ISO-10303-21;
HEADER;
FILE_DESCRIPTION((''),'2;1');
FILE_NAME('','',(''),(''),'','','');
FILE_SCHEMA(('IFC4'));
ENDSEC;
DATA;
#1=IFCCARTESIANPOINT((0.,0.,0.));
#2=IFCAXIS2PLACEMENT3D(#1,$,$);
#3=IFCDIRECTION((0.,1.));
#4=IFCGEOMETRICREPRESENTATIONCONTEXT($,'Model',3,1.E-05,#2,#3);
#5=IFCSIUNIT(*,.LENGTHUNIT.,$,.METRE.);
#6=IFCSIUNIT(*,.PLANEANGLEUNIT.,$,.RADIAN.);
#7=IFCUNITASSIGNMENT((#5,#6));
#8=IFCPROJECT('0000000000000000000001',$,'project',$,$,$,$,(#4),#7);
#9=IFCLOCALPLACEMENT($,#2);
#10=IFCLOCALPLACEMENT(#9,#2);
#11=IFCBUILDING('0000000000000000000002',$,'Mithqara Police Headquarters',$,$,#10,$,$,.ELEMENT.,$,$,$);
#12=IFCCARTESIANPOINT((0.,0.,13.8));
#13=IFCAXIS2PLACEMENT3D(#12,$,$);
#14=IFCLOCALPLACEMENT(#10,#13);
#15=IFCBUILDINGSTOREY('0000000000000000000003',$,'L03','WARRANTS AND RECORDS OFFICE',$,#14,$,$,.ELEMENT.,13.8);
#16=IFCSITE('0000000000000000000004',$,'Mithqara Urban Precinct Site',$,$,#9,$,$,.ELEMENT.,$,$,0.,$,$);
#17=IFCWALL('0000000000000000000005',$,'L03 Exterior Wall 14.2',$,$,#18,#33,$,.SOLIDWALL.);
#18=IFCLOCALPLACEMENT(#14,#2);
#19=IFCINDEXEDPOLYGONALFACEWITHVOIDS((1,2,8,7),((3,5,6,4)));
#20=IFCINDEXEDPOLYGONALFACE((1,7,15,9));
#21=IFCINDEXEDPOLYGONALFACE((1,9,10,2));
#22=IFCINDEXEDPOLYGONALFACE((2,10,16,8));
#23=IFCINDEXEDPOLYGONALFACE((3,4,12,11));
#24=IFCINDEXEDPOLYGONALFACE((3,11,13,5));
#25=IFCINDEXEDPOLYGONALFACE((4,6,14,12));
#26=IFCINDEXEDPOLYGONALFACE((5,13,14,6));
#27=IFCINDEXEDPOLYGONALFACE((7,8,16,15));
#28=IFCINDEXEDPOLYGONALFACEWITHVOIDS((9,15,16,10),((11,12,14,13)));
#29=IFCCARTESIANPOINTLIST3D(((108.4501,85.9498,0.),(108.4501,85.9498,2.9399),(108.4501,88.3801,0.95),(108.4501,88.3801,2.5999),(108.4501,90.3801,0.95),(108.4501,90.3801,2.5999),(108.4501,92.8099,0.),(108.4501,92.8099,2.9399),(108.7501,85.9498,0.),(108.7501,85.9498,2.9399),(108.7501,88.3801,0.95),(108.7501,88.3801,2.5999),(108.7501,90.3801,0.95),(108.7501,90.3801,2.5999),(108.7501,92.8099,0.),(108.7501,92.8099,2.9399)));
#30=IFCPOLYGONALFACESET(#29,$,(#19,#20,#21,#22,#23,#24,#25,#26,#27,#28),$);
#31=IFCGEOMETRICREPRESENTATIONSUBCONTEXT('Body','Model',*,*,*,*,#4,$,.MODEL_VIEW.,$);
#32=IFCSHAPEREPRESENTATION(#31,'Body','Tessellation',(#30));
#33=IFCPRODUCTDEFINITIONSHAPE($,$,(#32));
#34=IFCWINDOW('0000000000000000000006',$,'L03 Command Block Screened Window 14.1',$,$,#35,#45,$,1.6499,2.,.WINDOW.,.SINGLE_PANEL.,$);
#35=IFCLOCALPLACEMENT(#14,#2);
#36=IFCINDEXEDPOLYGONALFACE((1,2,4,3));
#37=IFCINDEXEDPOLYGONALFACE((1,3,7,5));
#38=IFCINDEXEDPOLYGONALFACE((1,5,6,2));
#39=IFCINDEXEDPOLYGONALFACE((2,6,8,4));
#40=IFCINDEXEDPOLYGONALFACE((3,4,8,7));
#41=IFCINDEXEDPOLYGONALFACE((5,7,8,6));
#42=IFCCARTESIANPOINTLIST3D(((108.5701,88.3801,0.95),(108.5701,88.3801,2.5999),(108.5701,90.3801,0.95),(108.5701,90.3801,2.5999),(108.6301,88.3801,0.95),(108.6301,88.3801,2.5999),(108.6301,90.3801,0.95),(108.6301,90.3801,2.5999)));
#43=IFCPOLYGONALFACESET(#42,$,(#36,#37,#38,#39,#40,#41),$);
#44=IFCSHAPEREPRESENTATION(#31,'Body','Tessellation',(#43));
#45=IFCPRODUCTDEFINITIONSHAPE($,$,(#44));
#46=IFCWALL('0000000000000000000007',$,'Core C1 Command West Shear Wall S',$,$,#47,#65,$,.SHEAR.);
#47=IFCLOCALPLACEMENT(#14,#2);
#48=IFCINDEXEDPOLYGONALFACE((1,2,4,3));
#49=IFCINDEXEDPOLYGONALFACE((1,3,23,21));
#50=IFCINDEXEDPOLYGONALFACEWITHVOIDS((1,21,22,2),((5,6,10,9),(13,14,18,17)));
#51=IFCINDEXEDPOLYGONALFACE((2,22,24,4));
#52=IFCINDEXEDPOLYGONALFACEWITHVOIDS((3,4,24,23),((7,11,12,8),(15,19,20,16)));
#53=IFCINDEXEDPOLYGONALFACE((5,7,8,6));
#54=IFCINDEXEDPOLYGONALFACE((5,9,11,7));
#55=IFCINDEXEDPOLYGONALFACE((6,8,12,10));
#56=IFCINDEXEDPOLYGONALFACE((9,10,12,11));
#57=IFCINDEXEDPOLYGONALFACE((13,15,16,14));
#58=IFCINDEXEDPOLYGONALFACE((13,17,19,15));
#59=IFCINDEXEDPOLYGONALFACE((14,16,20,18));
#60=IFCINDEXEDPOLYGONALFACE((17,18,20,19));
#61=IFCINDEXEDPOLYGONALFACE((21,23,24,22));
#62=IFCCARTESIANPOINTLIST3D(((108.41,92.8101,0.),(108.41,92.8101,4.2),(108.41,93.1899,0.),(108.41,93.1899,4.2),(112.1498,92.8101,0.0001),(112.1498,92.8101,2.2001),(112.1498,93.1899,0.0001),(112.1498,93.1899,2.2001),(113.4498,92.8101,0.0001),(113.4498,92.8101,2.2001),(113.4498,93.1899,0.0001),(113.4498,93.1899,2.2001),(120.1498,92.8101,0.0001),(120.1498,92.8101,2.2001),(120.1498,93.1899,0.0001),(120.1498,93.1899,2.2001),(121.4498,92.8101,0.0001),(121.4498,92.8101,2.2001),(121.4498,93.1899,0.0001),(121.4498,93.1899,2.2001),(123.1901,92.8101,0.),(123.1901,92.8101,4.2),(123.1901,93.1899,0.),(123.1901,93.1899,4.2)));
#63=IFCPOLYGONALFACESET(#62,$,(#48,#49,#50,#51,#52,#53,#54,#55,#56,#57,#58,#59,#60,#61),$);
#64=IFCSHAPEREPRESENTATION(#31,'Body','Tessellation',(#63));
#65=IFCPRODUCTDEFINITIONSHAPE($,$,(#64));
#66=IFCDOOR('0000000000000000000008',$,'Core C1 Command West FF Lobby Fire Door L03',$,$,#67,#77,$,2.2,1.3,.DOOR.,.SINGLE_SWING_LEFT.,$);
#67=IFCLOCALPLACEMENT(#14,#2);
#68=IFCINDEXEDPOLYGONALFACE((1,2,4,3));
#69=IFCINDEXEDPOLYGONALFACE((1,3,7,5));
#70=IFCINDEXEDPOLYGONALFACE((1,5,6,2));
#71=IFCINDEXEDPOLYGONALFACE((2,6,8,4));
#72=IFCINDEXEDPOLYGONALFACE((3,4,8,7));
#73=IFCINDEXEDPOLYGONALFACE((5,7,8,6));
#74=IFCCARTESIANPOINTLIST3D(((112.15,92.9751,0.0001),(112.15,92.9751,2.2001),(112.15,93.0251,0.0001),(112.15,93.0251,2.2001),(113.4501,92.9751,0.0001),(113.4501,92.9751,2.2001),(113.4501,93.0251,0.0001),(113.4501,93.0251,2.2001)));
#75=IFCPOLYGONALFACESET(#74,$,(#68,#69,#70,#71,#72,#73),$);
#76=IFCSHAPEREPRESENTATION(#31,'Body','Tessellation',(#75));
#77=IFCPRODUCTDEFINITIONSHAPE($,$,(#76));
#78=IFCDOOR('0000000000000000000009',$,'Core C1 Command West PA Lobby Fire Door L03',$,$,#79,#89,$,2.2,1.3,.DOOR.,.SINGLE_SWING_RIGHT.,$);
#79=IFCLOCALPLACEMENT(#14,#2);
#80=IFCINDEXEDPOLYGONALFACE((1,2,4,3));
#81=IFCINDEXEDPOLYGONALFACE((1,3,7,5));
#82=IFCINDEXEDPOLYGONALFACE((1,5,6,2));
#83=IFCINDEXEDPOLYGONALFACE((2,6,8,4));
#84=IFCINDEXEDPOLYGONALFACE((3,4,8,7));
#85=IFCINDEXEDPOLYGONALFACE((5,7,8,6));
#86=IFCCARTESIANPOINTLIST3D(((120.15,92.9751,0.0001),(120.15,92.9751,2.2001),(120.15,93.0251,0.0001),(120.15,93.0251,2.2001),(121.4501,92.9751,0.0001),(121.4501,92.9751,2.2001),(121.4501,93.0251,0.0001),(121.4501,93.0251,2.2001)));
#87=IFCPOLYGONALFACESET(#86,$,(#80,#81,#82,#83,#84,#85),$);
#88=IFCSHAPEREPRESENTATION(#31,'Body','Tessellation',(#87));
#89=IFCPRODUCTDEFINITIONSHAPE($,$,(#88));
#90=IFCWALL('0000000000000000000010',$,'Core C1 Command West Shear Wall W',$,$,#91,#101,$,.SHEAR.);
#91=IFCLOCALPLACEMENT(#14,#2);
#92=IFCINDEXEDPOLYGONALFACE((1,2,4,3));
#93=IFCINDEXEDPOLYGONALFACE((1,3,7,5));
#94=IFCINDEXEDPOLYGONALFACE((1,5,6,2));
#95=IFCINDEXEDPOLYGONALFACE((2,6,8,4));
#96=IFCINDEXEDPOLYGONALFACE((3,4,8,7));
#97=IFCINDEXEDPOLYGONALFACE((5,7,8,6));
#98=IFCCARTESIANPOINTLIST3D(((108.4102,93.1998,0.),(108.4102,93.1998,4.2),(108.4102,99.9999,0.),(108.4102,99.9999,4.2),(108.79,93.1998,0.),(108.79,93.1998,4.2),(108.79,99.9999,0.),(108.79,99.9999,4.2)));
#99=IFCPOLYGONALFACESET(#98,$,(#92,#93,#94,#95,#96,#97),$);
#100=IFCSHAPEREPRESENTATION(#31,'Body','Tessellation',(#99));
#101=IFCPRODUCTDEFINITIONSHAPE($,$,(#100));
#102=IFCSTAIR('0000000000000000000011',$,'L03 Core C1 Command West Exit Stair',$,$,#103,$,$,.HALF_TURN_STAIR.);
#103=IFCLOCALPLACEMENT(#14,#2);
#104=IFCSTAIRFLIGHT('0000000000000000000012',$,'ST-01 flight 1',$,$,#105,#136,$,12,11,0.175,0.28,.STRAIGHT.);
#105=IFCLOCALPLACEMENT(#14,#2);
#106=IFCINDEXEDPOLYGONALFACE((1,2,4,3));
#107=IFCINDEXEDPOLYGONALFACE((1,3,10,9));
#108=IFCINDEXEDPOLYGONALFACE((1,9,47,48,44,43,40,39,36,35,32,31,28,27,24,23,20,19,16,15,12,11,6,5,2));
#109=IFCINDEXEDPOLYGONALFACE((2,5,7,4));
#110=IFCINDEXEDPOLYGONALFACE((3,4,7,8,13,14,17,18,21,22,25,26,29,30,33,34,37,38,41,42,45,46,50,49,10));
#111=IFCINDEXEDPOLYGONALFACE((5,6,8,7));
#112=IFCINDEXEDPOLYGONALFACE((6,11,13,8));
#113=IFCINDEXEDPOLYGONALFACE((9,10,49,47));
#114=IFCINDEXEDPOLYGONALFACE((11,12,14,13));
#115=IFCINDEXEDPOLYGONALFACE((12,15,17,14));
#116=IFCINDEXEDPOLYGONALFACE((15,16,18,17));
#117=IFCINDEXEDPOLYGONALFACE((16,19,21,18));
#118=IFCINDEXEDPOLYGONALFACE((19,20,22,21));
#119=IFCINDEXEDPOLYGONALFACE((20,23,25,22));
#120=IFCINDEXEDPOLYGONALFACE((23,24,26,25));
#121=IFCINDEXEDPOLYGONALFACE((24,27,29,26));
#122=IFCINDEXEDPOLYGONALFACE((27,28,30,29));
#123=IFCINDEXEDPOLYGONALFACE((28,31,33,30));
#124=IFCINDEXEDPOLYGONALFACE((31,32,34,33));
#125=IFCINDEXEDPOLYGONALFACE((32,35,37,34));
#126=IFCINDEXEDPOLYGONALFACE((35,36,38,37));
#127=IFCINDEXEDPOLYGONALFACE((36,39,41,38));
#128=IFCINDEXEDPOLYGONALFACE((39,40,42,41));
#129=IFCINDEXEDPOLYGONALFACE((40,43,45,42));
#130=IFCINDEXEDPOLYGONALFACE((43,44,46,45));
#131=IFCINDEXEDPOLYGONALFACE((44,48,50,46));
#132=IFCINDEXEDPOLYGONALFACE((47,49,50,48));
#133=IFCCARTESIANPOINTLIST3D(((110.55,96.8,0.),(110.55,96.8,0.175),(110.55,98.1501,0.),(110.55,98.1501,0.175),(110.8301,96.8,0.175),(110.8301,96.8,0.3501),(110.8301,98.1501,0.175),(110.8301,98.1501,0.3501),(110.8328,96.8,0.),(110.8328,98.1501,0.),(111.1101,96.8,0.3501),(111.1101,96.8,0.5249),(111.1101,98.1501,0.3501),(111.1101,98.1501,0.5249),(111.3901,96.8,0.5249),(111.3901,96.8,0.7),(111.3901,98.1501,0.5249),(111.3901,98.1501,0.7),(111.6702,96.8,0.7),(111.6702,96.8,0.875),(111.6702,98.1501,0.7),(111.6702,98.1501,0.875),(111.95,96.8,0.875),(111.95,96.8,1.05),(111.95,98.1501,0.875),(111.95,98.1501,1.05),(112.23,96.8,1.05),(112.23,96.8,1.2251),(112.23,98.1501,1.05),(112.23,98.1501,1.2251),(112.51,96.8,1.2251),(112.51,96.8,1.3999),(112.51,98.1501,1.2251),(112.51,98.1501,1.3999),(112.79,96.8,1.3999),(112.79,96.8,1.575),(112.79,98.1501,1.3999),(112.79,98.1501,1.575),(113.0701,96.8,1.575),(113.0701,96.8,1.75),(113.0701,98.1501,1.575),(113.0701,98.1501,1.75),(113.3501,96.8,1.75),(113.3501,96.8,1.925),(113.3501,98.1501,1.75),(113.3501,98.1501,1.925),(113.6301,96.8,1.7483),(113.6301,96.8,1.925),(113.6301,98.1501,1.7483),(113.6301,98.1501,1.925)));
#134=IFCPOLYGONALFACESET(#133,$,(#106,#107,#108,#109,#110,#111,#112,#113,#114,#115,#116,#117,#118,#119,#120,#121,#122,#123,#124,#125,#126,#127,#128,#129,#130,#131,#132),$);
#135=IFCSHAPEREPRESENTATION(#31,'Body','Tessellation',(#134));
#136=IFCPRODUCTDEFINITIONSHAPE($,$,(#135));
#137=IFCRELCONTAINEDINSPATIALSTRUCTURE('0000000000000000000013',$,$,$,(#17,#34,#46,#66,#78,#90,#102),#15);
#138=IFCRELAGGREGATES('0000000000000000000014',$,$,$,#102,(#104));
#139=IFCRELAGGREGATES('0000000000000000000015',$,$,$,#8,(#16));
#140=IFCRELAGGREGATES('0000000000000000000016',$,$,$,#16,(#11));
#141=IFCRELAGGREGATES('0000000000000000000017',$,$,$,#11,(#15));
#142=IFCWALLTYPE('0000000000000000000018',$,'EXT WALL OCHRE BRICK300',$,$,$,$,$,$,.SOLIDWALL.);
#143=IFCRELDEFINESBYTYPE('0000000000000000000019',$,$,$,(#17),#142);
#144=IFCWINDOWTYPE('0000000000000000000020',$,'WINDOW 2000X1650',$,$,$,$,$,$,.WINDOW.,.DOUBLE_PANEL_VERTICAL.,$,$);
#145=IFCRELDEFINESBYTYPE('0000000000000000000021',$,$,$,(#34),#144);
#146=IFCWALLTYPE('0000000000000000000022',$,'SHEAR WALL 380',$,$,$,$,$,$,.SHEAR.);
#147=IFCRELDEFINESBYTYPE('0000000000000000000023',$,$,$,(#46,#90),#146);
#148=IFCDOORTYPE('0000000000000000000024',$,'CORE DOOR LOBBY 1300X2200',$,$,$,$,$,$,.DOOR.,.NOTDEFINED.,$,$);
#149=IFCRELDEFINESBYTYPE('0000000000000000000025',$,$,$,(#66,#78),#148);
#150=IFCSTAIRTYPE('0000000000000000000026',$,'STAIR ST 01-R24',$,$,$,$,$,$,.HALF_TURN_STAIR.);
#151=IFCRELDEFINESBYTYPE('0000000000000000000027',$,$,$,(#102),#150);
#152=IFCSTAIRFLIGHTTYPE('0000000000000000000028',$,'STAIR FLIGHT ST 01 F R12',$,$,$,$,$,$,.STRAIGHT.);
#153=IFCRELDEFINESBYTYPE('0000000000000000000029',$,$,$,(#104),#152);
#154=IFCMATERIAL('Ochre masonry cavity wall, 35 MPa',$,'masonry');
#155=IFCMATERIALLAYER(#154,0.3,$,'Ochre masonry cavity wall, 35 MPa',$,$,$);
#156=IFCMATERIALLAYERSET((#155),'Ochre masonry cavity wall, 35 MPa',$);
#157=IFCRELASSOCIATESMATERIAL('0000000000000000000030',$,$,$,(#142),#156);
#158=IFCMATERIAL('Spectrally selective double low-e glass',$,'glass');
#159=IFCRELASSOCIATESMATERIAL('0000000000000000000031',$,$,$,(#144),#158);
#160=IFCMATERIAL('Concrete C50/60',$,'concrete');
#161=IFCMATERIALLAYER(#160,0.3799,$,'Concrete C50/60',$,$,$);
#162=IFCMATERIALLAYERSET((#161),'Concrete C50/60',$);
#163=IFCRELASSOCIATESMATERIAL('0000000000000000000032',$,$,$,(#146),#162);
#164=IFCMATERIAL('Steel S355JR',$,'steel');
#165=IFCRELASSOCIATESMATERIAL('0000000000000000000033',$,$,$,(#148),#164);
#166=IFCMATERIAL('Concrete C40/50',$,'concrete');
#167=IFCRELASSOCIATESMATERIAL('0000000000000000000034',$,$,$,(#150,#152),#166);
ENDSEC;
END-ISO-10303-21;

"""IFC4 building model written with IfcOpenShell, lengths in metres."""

from ifc_helpers import new_model, si_unit, direction, frame, frame_2d, origin, place, context, subcontext, project, spatial, polyline, rectangle, outline, extrude, material, layer, layer_set, type_object, element, fill, aggregate, save


model = new_model("IFC4")

# Units and contexts
model_context = context("Model", 3, precision=1e-05, world=origin(), true_north=direction((0.0, 1.0)))
body_context = subcontext(model_context, "Body", "Model", "MODEL_VIEW")
ifc_project = project(units=[si_unit("LENGTHUNIT", "METRE"), si_unit("PLANEANGLEUNIT", "RADIAN")], contexts=[model_context])

# Site, building, storey
site_placement = place(None, origin())
site = spatial("IfcSite", under=ifc_project, at=site_placement, Name="Mithqara Urban Precinct Site", CompositionType="ELEMENT", RefElevation=0.0)
building_placement = place(site_placement, origin())
building = spatial("IfcBuilding", under=site, at=building_placement, Name="Mithqara Police Headquarters", CompositionType="ELEMENT")
storey_placement = place(building_placement, frame((0.0, 0.0, 13.8)))
storey = spatial("IfcBuildingStorey", under=building, at=storey_placement, Name="L03", Description="WARRANTS AND RECORDS OFFICE", CompositionType="ELEMENT", Elevation=13.8)

# Shared definitions
ifc_material_1 = material(Name="Steel S355JR", Category="steel")
ifc_material_2 = material(Name="Concrete C40/50", Category="concrete")

# Wall, opening, window
ifc_material_3 = material(Name="Ochre masonry cavity wall, 35 MPa", Category="masonry")
ifc_layer_1 = layer(ifc_material_3, 0.3, Name="Ochre masonry cavity wall, 35 MPa")
ifc_layer_set_1 = layer_set([ifc_layer_1], Name="Ochre masonry cavity wall, 35 MPa")
wall_type_1 = type_object("IfcWallType", Name="EXT WALL OCHRE BRICK300", PredefinedType="SOLIDWALL", material=ifc_layer_set_1)
wall_1_placement = place(storey_placement, frame((108.6001, 92.8101, 0.0), z_axis=(0.0, 0.0, 1.0), x_axis=(0.0, -1.0, 0.0)))
wall_1 = element("IfcWall", 1, at=wall_1_placement, inside=storey, type_object=wall_type_1, Name="L03 Exterior Wall 14.2", PredefinedType="SOLIDWALL", context=body_context, shape_type="SweptSolid", body=[
    extrude(rectangle(XDim=6.8601, YDim=0.3, at=frame_2d((3.4302, 0.0))), origin(), (0.0, 0.0, 1.0), 2.9399),
])
opening_1_placement = place(wall_1_placement, frame((2.4299, 0.0, 0.95)))
opening_1 = element("IfcOpeningElement", 2, at=opening_1_placement, cuts=wall_1, PredefinedType="OPENING", context=body_context, shape_type="SweptSolid", body=[
    extrude(rectangle(XDim=2.0, YDim=1.6499, at=frame_2d((1.0, 0.825))), frame((0.0, 0.1602, 0.0), z_axis=(0.0, -1.0, 0.0), x_axis=(1.0, 0.0, 0.0)), (0.0, 0.0, 1.0), 0.3201),
])
ifc_material_4 = material(Name="Spectrally selective double low-e glass", Category="glass")
window_type = type_object("IfcWindowType", Name="WINDOW 2000X1650", PartitioningType="DOUBLE_PANEL_VERTICAL", PredefinedType="WINDOW", material=ifc_material_4)
window_placement = place(opening_1_placement, origin())
window = element("IfcWindow", 3, at=window_placement, inside=storey, type_object=window_type, Name="L03 Command Block Screened Window 14.1", OverallHeight=1.6499, OverallWidth=2.0, PartitioningType="SINGLE_PANEL", PredefinedType="WINDOW", context=body_context, shape_type="SweptSolid", body=[
    extrude(rectangle(XDim=2.0, YDim=1.6499, at=frame_2d((1.0, 0.825))), frame((0.0, 0.03, 0.0), z_axis=(0.0, -1.0, 0.0), x_axis=(1.0, 0.0, 0.0)), (0.0, 0.0, 1.0), 0.0601),
])
fill(opening_1, window)

# Wall, openings, doors
ifc_material_5 = material(Name="Concrete C50/60", Category="concrete")
ifc_layer_2 = layer(ifc_material_5, 0.3799, Name="Concrete C50/60")
ifc_layer_set_2 = layer_set([ifc_layer_2], Name="Concrete C50/60")
wall_type_2 = type_object("IfcWallType", Name="SHEAR WALL 380", PredefinedType="SHEAR", material=ifc_layer_set_2)
wall_2_placement = place(storey_placement, frame((108.4099, 93.0, 0.0), z_axis=(0.0, 0.0, 1.0), x_axis=(1.0, 0.0, 0.0)))
wall_2 = element("IfcWall", 4, at=wall_2_placement, inside=storey, type_object=wall_type_2, Name="Core C1 Command West Shear Wall S", PredefinedType="SHEAR", context=body_context, shape_type="SweptSolid", body=[
    extrude(rectangle(XDim=14.78, YDim=0.3799, at=frame_2d((7.3901, 0.0))), origin(), (0.0, 0.0, 1.0), 4.2),
])
opening_2_placement = place(wall_2_placement, frame((3.74, 0.0, 0.0)))
opening_2 = element("IfcOpeningElement", 5, at=opening_2_placement, cuts=wall_2, PredefinedType="OPENING", context=body_context, shape_type="SweptSolid", body=[
    extrude(rectangle(XDim=1.3, YDim=2.2, at=frame_2d((0.6499, 1.1001))), frame((0.0, 0.2, 0.0), z_axis=(0.0, -1.0, 0.0), x_axis=(1.0, 0.0, 0.0)), (0.0, 0.0, 1.0), 0.3999),
])
opening_3_placement = place(wall_2_placement, frame((11.74, 0.0, 0.0)))
opening_3 = element("IfcOpeningElement", 6, at=opening_3_placement, cuts=wall_2, PredefinedType="OPENING", context=body_context, shape_type="SweptSolid", body=[
    extrude(rectangle(XDim=1.3, YDim=2.2, at=frame_2d((0.6499, 1.1001))), frame((0.0, 0.2, 0.0), z_axis=(0.0, -1.0, 0.0), x_axis=(1.0, 0.0, 0.0)), (0.0, 0.0, 1.0), 0.3999),
])
door_type_1 = type_object("IfcDoorType", Name="CORE DOOR LOBBY 1300X2200", OperationType="NOTDEFINED", PredefinedType="DOOR", material=ifc_material_1)
door_1_placement = place(opening_2_placement, frame((1.3, 0.0, 0.0), z_axis=(0.0, 0.0, 1.0), x_axis=(-1.0, 0.0, 0.0)))
door_1 = element("IfcDoor", 7, at=door_1_placement, inside=storey, type_object=door_type_1, Name="Core C1 Command West FF Lobby Fire Door L03", OperationType="SINGLE_SWING_LEFT", OverallHeight=2.2, OverallWidth=1.3, PredefinedType="DOOR", context=body_context, shape_type="SweptSolid", body=[
    extrude(rectangle(XDim=1.3, YDim=2.2, at=frame_2d((0.6499, 1.1001))), frame((0.0, 0.0249, 0.0), z_axis=(0.0, -1.0, 0.0), x_axis=(1.0, 0.0, 0.0)), (0.0, 0.0, 1.0), 0.05),
])
fill(opening_2, door_1)
door_2_placement = place(opening_3_placement, frame((1.3, 0.0, 0.0), z_axis=(0.0, 0.0, 1.0), x_axis=(-1.0, 0.0, 0.0)))
door_2 = element("IfcDoor", 8, at=door_2_placement, inside=storey, type_object=door_type_1, Name="Core C1 Command West PA Lobby Fire Door L03", OperationType="SINGLE_SWING_RIGHT", OverallHeight=2.2, OverallWidth=1.3, PredefinedType="DOOR", context=body_context, shape_type="SweptSolid", body=[
    extrude(rectangle(XDim=1.3, YDim=2.2, at=frame_2d((0.6499, 1.1001))), frame((0.0, 0.0249, 0.0), z_axis=(0.0, -1.0, 0.0), x_axis=(1.0, 0.0, 0.0)), (0.0, 0.0, 1.0), 0.05),
])
fill(opening_3, door_2)

# Wall
wall_3_placement = place(storey_placement, frame((108.6001, 93.2, 0.0), z_axis=(0.0, 0.0, 1.0), x_axis=(0.0, 1.0, 0.0)))
element("IfcWall", 9, at=wall_3_placement, inside=storey, type_object=wall_type_2, Name="Core C1 Command West Shear Wall W", PredefinedType="SHEAR", context=body_context, shape_type="SweptSolid", body=[
    extrude(rectangle(XDim=6.8, YDim=0.3799, at=frame_2d((3.3999, 0.0))), origin(), (0.0, 0.0, 1.0), 4.2),
])

# Stair, stair flight
stair_type = type_object("IfcStairType", Name="STAIR ST 01-R24", PredefinedType="HALF_TURN_STAIR", material=ifc_material_2)
stair_placement = place(storey_placement, origin())
stair = element("IfcStair", 10, at=stair_placement, inside=storey, type_object=stair_type, Name="L03 Core C1 Command West Exit Stair", PredefinedType="HALF_TURN_STAIR")
stair_flight_type = type_object("IfcStairFlightType", Name="STAIR FLIGHT ST 01 F R12", PredefinedType="STRAIGHT", material=ifc_material_2)
stair_flight_placement = place(storey_placement, frame((110.55, 97.4751, 0.0), z_axis=(0.0, 0.0, 1.0), x_axis=(1.0, 0.0, 0.0)))
stair_flight = element("IfcStairFlight", 11, at=stair_flight_placement, type_object=stair_flight_type, Name="ST-01 flight 1", NumberOfRisers=12, NumberOfTreads=11, PredefinedType="STRAIGHT", RiserHeight=0.175, TreadLength=0.28, context=body_context, shape_type="SweptSolid", body=[
    extrude(outline(polyline([(0.0, 0.0), (0.0, 0.175), (0.28, 0.175), (0.28, 0.3501), (0.5601, 0.3501), (0.5601, 0.5249), (0.8401, 0.5249), (0.8401, 0.7), (1.1201, 0.7), (1.1201, 0.875), (1.3999, 0.875), (1.3999, 1.05), (1.6799, 1.05), (1.6799, 1.2251), (1.96, 1.2251), (1.96, 1.3999), (2.24, 1.3999), (2.24, 1.575), (2.52, 1.575), (2.52, 1.75), (2.8, 1.75), (2.8, 1.925), (3.0801, 1.925), (3.0801, 2.1001), (3.0801, 1.7483), (0.2827, 0.0), (0.0, 0.0)])), frame((0.0, 0.675, 0.0), z_axis=(0.0, -1.0, 0.0), x_axis=(1.0, 0.0, 0.0)), (0.0, 0.0, 1.0), 1.3501),
])
aggregate(stair, [stair_flight])

save(model, "model.ifc")
